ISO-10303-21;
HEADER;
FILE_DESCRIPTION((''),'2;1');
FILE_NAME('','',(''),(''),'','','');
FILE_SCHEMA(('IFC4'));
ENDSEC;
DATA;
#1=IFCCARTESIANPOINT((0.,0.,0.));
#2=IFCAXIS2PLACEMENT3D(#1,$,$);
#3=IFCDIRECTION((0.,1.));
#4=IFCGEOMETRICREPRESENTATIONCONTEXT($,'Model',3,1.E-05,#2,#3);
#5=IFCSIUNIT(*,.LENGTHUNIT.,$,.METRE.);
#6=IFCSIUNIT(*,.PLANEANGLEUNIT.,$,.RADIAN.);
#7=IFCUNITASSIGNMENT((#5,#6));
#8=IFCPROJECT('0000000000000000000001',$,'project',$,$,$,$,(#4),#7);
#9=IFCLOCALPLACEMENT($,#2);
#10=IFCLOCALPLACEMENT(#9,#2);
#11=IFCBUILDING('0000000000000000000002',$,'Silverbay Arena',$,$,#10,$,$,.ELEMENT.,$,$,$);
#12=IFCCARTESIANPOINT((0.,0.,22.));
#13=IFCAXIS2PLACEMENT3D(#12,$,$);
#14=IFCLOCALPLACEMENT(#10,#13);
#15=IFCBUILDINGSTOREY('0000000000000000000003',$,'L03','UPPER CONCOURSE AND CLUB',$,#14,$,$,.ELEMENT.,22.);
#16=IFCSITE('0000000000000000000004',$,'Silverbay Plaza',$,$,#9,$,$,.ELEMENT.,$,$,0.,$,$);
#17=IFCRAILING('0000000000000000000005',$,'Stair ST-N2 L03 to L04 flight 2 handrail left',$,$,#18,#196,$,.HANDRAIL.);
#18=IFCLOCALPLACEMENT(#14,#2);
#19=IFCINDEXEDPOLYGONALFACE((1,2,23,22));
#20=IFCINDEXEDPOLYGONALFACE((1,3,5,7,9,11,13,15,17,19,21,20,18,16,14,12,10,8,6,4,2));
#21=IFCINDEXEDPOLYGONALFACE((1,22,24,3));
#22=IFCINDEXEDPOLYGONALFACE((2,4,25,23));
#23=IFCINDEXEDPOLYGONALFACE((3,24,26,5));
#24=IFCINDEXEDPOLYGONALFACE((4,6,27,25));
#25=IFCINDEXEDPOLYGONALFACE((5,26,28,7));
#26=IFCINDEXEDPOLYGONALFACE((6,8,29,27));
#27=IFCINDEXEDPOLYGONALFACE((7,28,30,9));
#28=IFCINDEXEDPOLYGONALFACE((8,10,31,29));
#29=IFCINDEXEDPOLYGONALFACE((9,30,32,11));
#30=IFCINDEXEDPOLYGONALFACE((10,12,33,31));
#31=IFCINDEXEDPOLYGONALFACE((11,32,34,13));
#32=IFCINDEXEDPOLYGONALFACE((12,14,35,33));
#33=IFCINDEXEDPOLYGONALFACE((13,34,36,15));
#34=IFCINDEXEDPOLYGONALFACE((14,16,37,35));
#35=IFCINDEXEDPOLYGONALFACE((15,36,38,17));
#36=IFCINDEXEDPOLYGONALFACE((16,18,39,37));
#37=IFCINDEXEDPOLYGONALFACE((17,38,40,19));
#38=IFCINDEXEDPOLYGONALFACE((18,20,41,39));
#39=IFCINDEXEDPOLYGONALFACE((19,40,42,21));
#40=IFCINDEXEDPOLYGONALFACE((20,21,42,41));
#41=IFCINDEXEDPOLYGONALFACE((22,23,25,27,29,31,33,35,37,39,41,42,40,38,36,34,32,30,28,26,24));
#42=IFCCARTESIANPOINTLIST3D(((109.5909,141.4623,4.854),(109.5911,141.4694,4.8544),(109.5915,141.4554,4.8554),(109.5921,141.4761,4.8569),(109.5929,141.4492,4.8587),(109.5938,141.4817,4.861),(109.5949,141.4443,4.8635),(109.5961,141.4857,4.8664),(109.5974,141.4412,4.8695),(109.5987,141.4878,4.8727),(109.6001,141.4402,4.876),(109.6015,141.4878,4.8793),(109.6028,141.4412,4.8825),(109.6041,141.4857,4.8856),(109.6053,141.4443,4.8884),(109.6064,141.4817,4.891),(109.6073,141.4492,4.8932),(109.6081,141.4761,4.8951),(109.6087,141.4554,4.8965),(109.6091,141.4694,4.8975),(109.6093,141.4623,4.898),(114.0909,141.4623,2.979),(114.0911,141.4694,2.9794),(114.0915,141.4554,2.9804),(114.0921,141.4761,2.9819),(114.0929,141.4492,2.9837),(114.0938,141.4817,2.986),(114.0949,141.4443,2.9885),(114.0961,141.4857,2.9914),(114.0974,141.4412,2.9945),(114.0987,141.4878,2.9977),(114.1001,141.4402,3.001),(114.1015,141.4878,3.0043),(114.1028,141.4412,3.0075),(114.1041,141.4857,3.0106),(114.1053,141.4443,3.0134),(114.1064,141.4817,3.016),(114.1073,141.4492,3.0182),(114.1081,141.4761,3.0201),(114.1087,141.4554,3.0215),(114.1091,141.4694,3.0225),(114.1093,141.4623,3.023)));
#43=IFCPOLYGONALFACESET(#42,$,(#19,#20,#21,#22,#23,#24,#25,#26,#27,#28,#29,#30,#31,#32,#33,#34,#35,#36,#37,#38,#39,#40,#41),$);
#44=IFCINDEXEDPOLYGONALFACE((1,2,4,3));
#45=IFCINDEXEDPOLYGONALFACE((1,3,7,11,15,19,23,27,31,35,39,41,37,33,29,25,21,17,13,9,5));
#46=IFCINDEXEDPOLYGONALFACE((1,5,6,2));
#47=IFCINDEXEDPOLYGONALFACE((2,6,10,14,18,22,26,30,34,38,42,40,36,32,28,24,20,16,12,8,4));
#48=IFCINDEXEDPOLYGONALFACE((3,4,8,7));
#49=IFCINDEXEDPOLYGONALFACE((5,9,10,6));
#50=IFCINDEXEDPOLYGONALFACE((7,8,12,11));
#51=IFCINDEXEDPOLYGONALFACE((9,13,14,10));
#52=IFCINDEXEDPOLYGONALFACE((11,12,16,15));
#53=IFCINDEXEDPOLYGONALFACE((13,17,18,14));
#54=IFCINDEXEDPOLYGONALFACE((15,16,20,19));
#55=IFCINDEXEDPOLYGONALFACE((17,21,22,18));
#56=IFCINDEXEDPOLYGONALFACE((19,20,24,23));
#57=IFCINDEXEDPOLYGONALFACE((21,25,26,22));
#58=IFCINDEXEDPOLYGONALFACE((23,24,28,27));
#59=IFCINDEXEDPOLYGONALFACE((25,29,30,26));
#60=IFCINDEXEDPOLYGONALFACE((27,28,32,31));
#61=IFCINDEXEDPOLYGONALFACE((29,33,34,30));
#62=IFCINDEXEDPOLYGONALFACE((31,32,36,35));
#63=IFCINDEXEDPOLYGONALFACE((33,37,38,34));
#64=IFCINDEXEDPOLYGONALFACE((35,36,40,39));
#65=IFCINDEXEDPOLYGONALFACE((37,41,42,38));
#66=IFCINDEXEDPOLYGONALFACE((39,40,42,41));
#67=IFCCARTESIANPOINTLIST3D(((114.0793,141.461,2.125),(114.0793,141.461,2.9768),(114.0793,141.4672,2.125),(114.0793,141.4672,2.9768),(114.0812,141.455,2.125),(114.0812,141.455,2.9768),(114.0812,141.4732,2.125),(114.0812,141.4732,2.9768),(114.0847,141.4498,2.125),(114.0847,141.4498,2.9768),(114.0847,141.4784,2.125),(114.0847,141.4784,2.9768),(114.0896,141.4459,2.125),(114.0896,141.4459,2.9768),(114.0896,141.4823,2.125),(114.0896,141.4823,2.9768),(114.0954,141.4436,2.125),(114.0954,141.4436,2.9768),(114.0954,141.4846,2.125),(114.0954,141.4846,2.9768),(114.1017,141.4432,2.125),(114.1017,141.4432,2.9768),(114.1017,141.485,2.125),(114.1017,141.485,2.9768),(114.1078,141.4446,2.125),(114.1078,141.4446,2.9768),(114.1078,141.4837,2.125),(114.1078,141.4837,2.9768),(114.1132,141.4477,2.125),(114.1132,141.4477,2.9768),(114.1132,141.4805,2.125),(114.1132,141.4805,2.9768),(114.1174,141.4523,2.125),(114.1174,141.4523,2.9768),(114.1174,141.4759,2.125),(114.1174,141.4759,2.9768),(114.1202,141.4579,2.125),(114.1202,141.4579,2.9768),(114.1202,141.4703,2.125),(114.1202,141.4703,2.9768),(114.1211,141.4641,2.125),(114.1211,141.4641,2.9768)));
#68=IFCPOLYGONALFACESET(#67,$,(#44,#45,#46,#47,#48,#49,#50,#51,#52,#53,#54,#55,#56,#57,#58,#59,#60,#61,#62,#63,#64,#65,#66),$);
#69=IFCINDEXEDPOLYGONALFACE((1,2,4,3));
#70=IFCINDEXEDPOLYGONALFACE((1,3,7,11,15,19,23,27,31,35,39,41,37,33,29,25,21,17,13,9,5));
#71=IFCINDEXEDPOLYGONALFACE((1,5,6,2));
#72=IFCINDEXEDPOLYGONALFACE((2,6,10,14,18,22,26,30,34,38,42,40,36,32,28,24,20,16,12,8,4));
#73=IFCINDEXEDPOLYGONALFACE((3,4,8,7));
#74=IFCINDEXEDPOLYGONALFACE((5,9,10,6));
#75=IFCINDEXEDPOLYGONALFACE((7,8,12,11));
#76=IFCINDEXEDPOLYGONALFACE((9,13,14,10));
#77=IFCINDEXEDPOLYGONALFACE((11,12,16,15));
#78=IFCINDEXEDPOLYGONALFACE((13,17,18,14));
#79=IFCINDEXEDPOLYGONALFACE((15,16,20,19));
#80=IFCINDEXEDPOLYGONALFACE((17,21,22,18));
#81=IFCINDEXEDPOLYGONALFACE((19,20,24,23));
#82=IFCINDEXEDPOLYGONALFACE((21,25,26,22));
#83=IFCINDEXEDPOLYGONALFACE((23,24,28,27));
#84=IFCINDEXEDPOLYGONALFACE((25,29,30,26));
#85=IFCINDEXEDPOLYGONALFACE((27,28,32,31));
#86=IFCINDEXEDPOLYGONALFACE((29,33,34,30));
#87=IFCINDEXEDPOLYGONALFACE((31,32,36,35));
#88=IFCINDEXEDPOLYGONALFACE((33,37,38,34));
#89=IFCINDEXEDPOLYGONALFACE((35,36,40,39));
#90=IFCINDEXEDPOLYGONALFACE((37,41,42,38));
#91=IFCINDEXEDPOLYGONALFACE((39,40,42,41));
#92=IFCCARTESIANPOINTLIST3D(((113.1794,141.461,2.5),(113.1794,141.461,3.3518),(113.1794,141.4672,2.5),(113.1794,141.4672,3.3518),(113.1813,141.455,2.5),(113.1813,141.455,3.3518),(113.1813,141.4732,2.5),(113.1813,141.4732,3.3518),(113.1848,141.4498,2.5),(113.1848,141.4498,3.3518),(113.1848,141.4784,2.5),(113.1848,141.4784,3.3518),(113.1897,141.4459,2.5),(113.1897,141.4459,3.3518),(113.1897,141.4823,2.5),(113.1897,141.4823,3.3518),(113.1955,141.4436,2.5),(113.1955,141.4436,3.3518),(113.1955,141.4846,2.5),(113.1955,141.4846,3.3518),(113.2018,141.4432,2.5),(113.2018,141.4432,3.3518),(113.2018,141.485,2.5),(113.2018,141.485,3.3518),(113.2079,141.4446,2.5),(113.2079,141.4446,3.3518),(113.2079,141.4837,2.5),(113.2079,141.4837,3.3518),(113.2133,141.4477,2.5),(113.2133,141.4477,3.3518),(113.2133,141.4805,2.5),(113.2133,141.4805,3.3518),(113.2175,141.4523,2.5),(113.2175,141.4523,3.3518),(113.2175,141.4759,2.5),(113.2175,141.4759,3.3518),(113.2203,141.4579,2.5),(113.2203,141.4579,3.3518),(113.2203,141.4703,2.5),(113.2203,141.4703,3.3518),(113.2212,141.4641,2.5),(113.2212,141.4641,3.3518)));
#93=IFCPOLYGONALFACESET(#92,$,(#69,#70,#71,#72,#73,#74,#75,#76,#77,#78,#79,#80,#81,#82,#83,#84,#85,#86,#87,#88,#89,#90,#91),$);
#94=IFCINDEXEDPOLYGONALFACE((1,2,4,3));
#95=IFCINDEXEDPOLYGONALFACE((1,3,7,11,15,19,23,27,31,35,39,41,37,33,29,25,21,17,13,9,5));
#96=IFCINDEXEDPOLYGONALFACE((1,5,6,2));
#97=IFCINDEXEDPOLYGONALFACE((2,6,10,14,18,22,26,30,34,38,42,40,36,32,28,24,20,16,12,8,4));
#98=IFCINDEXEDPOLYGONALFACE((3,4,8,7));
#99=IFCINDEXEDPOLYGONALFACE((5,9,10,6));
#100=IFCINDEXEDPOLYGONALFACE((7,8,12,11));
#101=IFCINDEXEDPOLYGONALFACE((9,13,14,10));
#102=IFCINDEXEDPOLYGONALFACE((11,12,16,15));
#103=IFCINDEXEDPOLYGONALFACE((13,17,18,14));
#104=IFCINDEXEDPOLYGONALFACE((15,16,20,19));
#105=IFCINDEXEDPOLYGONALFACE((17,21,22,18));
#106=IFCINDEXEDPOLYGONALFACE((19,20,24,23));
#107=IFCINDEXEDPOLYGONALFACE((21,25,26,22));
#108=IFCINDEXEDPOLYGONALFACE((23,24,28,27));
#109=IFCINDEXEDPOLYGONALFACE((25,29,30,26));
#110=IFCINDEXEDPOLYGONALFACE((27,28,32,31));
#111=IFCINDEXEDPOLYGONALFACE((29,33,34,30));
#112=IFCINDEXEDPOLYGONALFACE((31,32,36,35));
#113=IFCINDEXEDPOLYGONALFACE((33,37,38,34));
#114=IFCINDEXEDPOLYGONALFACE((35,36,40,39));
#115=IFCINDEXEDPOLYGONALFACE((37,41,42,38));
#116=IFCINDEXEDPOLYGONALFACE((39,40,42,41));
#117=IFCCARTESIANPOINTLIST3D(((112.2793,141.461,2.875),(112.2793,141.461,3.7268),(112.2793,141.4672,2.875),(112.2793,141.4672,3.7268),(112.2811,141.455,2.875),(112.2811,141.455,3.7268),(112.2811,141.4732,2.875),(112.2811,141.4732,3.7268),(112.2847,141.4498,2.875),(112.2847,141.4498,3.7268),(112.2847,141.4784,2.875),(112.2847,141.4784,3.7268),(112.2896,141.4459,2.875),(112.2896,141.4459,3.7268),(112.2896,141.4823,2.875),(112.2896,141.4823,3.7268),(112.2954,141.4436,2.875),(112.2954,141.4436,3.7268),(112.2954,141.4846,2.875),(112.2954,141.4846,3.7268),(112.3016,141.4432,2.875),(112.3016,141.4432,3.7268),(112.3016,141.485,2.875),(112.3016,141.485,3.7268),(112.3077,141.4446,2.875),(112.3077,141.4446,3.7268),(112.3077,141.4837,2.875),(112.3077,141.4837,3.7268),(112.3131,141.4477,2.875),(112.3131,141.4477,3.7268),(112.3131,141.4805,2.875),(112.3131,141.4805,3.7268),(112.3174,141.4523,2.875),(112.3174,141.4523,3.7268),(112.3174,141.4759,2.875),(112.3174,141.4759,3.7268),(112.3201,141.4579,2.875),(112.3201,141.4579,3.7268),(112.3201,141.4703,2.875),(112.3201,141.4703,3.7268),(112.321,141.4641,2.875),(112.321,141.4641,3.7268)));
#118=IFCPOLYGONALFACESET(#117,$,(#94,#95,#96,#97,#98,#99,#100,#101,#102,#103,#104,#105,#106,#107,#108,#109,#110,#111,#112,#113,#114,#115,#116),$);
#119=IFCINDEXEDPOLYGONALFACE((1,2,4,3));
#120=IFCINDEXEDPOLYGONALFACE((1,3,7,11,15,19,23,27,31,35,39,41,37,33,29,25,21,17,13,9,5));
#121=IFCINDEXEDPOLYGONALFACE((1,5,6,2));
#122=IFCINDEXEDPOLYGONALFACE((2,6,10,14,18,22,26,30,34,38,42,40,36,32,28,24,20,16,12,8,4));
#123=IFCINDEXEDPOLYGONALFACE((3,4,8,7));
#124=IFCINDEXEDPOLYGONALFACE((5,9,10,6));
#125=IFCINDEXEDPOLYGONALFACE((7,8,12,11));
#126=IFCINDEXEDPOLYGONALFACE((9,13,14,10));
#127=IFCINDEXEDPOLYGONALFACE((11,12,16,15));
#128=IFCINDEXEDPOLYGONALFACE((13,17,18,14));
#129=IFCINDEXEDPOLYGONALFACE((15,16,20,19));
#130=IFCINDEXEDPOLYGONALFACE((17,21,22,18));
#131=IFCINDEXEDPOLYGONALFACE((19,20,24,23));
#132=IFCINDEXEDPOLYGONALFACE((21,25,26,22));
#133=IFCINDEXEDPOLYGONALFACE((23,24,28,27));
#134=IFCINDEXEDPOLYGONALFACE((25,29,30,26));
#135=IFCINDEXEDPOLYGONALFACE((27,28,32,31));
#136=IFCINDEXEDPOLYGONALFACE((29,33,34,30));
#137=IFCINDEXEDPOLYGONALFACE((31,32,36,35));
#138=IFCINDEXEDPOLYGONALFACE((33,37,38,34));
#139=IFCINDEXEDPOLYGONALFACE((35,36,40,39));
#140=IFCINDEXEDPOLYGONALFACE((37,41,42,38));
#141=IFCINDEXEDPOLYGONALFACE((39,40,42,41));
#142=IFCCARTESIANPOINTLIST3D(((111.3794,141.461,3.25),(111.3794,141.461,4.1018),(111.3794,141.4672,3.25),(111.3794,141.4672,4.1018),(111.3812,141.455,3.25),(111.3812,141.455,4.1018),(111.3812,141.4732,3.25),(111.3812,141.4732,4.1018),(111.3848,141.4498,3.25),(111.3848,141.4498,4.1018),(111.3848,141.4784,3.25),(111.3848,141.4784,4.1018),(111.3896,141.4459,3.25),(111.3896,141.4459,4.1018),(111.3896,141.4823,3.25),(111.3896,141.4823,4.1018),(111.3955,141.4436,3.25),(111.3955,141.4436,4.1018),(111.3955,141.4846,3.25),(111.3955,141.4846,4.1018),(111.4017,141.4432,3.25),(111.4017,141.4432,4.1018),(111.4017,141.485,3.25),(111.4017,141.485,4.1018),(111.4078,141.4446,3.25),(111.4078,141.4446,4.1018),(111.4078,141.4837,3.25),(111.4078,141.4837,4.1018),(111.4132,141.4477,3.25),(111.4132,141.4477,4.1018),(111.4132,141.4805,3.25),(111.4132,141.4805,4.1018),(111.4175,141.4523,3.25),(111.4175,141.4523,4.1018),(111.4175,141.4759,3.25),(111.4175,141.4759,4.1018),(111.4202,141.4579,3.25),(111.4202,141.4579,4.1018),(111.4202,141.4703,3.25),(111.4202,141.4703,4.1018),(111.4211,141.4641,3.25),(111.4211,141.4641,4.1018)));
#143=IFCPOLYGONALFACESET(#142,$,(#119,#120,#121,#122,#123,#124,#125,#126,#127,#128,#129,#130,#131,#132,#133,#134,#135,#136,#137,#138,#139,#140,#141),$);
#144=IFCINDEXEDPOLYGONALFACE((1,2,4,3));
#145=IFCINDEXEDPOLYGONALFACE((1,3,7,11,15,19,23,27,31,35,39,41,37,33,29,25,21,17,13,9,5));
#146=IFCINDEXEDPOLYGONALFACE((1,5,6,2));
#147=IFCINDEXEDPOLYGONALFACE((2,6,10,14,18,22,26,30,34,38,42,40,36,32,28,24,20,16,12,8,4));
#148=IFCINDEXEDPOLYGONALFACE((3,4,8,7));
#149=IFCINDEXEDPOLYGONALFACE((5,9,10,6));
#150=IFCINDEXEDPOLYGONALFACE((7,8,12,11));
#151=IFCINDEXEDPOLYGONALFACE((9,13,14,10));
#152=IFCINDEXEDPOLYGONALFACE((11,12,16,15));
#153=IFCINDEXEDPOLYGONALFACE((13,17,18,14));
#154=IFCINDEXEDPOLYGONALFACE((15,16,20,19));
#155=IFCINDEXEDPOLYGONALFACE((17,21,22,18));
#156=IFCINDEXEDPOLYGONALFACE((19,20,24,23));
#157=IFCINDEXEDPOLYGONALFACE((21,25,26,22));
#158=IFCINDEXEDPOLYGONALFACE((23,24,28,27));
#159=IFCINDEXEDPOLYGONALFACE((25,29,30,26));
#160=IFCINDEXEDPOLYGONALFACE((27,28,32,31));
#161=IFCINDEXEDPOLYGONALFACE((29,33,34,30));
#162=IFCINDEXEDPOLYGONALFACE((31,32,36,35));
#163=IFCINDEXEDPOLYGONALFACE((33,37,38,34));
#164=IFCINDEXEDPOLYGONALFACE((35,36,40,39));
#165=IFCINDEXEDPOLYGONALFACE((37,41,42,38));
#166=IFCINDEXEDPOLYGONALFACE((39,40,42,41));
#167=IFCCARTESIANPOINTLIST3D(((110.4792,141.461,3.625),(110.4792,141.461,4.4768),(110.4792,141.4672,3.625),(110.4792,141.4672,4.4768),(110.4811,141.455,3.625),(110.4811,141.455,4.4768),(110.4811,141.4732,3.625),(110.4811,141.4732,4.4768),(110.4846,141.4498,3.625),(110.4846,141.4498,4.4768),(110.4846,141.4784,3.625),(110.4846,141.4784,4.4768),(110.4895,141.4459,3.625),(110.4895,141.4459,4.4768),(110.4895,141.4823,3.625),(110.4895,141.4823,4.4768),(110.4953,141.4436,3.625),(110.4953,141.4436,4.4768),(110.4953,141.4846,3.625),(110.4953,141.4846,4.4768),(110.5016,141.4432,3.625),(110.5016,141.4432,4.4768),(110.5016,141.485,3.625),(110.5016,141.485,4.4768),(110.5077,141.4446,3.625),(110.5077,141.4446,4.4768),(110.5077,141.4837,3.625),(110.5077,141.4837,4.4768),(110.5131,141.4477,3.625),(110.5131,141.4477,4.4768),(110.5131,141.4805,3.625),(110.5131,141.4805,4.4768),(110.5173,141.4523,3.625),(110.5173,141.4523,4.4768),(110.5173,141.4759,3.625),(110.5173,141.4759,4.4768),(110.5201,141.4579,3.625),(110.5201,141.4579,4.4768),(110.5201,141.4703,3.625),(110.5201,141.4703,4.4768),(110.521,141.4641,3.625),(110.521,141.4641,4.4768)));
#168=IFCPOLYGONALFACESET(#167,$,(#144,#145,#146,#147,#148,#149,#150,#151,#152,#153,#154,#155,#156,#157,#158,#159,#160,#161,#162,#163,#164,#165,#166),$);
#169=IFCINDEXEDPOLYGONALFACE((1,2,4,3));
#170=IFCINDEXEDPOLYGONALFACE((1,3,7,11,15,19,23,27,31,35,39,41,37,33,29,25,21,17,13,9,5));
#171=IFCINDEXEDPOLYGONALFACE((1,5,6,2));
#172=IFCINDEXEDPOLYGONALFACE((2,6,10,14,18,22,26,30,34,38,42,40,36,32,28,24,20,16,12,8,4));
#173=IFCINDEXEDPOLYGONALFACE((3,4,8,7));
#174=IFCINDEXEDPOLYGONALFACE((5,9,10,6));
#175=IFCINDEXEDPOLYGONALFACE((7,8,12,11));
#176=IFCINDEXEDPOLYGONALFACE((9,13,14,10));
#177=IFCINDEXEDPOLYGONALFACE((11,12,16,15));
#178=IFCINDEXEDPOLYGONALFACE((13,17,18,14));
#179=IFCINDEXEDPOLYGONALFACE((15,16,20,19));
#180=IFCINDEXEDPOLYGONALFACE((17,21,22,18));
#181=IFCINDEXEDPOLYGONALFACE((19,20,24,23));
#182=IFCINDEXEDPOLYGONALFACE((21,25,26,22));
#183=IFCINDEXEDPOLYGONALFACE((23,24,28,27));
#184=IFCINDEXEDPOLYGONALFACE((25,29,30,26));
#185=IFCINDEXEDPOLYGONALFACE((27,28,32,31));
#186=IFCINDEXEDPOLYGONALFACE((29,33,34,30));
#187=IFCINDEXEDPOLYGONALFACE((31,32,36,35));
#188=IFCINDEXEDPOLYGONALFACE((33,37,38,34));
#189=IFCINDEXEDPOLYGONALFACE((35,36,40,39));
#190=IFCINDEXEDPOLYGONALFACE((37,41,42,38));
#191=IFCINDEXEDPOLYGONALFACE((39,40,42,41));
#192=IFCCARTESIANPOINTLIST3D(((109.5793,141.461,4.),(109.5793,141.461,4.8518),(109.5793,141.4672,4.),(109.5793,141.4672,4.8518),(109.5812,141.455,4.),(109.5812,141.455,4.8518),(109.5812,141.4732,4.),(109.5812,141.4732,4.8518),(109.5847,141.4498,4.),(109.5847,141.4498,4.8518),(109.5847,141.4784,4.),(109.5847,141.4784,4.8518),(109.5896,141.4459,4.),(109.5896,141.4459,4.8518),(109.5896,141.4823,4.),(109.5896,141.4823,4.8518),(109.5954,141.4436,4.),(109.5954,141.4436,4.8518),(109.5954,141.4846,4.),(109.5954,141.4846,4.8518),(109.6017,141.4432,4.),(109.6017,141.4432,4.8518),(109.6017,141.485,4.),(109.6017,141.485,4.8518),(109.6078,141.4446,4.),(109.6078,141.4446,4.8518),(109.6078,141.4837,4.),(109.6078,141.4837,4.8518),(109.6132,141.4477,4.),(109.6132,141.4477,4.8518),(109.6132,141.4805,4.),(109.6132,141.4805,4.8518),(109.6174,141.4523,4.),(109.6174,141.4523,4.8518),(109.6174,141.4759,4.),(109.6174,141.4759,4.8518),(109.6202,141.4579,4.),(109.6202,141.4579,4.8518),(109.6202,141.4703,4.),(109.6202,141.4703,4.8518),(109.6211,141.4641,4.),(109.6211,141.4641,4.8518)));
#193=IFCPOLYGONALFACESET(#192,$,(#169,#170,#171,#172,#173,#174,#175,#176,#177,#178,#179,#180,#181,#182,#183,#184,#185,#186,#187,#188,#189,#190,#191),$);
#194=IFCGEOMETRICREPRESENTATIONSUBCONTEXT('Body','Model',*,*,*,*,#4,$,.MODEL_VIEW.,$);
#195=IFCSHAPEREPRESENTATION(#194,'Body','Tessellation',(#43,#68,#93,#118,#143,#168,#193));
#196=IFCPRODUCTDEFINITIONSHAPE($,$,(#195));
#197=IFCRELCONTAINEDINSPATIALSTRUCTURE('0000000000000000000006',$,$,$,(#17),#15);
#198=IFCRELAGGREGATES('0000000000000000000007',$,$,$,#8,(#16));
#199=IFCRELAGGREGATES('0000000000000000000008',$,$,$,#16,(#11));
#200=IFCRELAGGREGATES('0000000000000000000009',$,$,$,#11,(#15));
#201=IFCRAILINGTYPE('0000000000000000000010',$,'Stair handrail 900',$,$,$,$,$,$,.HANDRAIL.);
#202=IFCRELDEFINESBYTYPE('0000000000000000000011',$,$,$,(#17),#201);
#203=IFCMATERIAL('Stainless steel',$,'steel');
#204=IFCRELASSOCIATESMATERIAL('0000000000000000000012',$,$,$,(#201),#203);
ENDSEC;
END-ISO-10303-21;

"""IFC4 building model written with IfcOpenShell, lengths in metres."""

from ifc_helpers import new_model, si_unit, direction, frame, origin, origin_2d, place, context, subcontext, project, spatial, circle, extrude, material, type_object, element, save


model = new_model("IFC4")

# Units and contexts
model_context = context("Model", 3, precision=1e-05, world=origin(), true_north=direction((0.0, 1.0)))
body_context = subcontext(model_context, "Body", "Model", "MODEL_VIEW")
ifc_project = project(units=[si_unit("LENGTHUNIT", "METRE"), si_unit("PLANEANGLEUNIT", "RADIAN")], contexts=[model_context])

# Site, building, storey
site_placement = place(None, origin())
site = spatial("IfcSite", under=ifc_project, at=site_placement, Name="Silverbay Plaza", CompositionType="ELEMENT", RefElevation=0.0)
building_placement = place(site_placement, origin())
building = spatial("IfcBuilding", under=site, at=building_placement, Name="Silverbay Arena", CompositionType="ELEMENT")
storey_placement = place(building_placement, frame((0.0, 0.0, 22.0)))
storey = spatial("IfcBuildingStorey", under=building, at=storey_placement, Name="L03", Description="UPPER CONCOURSE AND CLUB", CompositionType="ELEMENT", Elevation=22.0)

# Railing
ifc_material_1 = material(Name="Stainless steel", Category="steel")
railing_type_1 = type_object("IfcRailingType", Name="Stair handrail 900", PredefinedType="HANDRAIL", material=ifc_material_1)
for number, where, name in (
    (1, (114.1001, 141.4641, 2.125), "Stair ST-N2 L03 to L04 flight 2 handrail left"),
):
    element("IfcRailing", number, at=place(storey_placement, frame(where)), inside=storey, type_object=railing_type_1, Name=name, PredefinedType="HANDRAIL", context=body_context, shape_type="SweptSolid", body=[
        extrude(circle(Radius=0.0239, at=origin_2d()), frame((0.0, 0.0, 0.876), z_axis=(-0.923077, 0.0, 0.384615), x_axis=(0.0, -1.0, 0.0)), (0.0, 0.0, 1.0), 4.875),
        extrude(circle(Radius=0.021, at=origin_2d()), origin(), (0.0, 0.0, 1.0), 0.8518),
        extrude(circle(Radius=0.021, at=origin_2d()), frame((-0.8999, 0.0, 0.375)), (0.0, 0.0, 1.0), 0.8518),
        extrude(circle(Radius=0.021, at=origin_2d()), frame((-1.8, 0.0, 0.75)), (0.0, 0.0, 1.0), 0.8518),
        extrude(circle(Radius=0.021, at=origin_2d()), frame((-2.7, 0.0, 1.125)), (0.0, 0.0, 1.0), 0.8518),
        extrude(circle(Radius=0.021, at=origin_2d()), frame((-3.6001, 0.0, 1.5)), (0.0, 0.0, 1.0), 0.8518),
        extrude(circle(Radius=0.021, at=origin_2d()), frame((-4.5, 0.0, 1.875)), (0.0, 0.0, 1.0), 0.8518),
    ])

save(model, "model.ifc")
